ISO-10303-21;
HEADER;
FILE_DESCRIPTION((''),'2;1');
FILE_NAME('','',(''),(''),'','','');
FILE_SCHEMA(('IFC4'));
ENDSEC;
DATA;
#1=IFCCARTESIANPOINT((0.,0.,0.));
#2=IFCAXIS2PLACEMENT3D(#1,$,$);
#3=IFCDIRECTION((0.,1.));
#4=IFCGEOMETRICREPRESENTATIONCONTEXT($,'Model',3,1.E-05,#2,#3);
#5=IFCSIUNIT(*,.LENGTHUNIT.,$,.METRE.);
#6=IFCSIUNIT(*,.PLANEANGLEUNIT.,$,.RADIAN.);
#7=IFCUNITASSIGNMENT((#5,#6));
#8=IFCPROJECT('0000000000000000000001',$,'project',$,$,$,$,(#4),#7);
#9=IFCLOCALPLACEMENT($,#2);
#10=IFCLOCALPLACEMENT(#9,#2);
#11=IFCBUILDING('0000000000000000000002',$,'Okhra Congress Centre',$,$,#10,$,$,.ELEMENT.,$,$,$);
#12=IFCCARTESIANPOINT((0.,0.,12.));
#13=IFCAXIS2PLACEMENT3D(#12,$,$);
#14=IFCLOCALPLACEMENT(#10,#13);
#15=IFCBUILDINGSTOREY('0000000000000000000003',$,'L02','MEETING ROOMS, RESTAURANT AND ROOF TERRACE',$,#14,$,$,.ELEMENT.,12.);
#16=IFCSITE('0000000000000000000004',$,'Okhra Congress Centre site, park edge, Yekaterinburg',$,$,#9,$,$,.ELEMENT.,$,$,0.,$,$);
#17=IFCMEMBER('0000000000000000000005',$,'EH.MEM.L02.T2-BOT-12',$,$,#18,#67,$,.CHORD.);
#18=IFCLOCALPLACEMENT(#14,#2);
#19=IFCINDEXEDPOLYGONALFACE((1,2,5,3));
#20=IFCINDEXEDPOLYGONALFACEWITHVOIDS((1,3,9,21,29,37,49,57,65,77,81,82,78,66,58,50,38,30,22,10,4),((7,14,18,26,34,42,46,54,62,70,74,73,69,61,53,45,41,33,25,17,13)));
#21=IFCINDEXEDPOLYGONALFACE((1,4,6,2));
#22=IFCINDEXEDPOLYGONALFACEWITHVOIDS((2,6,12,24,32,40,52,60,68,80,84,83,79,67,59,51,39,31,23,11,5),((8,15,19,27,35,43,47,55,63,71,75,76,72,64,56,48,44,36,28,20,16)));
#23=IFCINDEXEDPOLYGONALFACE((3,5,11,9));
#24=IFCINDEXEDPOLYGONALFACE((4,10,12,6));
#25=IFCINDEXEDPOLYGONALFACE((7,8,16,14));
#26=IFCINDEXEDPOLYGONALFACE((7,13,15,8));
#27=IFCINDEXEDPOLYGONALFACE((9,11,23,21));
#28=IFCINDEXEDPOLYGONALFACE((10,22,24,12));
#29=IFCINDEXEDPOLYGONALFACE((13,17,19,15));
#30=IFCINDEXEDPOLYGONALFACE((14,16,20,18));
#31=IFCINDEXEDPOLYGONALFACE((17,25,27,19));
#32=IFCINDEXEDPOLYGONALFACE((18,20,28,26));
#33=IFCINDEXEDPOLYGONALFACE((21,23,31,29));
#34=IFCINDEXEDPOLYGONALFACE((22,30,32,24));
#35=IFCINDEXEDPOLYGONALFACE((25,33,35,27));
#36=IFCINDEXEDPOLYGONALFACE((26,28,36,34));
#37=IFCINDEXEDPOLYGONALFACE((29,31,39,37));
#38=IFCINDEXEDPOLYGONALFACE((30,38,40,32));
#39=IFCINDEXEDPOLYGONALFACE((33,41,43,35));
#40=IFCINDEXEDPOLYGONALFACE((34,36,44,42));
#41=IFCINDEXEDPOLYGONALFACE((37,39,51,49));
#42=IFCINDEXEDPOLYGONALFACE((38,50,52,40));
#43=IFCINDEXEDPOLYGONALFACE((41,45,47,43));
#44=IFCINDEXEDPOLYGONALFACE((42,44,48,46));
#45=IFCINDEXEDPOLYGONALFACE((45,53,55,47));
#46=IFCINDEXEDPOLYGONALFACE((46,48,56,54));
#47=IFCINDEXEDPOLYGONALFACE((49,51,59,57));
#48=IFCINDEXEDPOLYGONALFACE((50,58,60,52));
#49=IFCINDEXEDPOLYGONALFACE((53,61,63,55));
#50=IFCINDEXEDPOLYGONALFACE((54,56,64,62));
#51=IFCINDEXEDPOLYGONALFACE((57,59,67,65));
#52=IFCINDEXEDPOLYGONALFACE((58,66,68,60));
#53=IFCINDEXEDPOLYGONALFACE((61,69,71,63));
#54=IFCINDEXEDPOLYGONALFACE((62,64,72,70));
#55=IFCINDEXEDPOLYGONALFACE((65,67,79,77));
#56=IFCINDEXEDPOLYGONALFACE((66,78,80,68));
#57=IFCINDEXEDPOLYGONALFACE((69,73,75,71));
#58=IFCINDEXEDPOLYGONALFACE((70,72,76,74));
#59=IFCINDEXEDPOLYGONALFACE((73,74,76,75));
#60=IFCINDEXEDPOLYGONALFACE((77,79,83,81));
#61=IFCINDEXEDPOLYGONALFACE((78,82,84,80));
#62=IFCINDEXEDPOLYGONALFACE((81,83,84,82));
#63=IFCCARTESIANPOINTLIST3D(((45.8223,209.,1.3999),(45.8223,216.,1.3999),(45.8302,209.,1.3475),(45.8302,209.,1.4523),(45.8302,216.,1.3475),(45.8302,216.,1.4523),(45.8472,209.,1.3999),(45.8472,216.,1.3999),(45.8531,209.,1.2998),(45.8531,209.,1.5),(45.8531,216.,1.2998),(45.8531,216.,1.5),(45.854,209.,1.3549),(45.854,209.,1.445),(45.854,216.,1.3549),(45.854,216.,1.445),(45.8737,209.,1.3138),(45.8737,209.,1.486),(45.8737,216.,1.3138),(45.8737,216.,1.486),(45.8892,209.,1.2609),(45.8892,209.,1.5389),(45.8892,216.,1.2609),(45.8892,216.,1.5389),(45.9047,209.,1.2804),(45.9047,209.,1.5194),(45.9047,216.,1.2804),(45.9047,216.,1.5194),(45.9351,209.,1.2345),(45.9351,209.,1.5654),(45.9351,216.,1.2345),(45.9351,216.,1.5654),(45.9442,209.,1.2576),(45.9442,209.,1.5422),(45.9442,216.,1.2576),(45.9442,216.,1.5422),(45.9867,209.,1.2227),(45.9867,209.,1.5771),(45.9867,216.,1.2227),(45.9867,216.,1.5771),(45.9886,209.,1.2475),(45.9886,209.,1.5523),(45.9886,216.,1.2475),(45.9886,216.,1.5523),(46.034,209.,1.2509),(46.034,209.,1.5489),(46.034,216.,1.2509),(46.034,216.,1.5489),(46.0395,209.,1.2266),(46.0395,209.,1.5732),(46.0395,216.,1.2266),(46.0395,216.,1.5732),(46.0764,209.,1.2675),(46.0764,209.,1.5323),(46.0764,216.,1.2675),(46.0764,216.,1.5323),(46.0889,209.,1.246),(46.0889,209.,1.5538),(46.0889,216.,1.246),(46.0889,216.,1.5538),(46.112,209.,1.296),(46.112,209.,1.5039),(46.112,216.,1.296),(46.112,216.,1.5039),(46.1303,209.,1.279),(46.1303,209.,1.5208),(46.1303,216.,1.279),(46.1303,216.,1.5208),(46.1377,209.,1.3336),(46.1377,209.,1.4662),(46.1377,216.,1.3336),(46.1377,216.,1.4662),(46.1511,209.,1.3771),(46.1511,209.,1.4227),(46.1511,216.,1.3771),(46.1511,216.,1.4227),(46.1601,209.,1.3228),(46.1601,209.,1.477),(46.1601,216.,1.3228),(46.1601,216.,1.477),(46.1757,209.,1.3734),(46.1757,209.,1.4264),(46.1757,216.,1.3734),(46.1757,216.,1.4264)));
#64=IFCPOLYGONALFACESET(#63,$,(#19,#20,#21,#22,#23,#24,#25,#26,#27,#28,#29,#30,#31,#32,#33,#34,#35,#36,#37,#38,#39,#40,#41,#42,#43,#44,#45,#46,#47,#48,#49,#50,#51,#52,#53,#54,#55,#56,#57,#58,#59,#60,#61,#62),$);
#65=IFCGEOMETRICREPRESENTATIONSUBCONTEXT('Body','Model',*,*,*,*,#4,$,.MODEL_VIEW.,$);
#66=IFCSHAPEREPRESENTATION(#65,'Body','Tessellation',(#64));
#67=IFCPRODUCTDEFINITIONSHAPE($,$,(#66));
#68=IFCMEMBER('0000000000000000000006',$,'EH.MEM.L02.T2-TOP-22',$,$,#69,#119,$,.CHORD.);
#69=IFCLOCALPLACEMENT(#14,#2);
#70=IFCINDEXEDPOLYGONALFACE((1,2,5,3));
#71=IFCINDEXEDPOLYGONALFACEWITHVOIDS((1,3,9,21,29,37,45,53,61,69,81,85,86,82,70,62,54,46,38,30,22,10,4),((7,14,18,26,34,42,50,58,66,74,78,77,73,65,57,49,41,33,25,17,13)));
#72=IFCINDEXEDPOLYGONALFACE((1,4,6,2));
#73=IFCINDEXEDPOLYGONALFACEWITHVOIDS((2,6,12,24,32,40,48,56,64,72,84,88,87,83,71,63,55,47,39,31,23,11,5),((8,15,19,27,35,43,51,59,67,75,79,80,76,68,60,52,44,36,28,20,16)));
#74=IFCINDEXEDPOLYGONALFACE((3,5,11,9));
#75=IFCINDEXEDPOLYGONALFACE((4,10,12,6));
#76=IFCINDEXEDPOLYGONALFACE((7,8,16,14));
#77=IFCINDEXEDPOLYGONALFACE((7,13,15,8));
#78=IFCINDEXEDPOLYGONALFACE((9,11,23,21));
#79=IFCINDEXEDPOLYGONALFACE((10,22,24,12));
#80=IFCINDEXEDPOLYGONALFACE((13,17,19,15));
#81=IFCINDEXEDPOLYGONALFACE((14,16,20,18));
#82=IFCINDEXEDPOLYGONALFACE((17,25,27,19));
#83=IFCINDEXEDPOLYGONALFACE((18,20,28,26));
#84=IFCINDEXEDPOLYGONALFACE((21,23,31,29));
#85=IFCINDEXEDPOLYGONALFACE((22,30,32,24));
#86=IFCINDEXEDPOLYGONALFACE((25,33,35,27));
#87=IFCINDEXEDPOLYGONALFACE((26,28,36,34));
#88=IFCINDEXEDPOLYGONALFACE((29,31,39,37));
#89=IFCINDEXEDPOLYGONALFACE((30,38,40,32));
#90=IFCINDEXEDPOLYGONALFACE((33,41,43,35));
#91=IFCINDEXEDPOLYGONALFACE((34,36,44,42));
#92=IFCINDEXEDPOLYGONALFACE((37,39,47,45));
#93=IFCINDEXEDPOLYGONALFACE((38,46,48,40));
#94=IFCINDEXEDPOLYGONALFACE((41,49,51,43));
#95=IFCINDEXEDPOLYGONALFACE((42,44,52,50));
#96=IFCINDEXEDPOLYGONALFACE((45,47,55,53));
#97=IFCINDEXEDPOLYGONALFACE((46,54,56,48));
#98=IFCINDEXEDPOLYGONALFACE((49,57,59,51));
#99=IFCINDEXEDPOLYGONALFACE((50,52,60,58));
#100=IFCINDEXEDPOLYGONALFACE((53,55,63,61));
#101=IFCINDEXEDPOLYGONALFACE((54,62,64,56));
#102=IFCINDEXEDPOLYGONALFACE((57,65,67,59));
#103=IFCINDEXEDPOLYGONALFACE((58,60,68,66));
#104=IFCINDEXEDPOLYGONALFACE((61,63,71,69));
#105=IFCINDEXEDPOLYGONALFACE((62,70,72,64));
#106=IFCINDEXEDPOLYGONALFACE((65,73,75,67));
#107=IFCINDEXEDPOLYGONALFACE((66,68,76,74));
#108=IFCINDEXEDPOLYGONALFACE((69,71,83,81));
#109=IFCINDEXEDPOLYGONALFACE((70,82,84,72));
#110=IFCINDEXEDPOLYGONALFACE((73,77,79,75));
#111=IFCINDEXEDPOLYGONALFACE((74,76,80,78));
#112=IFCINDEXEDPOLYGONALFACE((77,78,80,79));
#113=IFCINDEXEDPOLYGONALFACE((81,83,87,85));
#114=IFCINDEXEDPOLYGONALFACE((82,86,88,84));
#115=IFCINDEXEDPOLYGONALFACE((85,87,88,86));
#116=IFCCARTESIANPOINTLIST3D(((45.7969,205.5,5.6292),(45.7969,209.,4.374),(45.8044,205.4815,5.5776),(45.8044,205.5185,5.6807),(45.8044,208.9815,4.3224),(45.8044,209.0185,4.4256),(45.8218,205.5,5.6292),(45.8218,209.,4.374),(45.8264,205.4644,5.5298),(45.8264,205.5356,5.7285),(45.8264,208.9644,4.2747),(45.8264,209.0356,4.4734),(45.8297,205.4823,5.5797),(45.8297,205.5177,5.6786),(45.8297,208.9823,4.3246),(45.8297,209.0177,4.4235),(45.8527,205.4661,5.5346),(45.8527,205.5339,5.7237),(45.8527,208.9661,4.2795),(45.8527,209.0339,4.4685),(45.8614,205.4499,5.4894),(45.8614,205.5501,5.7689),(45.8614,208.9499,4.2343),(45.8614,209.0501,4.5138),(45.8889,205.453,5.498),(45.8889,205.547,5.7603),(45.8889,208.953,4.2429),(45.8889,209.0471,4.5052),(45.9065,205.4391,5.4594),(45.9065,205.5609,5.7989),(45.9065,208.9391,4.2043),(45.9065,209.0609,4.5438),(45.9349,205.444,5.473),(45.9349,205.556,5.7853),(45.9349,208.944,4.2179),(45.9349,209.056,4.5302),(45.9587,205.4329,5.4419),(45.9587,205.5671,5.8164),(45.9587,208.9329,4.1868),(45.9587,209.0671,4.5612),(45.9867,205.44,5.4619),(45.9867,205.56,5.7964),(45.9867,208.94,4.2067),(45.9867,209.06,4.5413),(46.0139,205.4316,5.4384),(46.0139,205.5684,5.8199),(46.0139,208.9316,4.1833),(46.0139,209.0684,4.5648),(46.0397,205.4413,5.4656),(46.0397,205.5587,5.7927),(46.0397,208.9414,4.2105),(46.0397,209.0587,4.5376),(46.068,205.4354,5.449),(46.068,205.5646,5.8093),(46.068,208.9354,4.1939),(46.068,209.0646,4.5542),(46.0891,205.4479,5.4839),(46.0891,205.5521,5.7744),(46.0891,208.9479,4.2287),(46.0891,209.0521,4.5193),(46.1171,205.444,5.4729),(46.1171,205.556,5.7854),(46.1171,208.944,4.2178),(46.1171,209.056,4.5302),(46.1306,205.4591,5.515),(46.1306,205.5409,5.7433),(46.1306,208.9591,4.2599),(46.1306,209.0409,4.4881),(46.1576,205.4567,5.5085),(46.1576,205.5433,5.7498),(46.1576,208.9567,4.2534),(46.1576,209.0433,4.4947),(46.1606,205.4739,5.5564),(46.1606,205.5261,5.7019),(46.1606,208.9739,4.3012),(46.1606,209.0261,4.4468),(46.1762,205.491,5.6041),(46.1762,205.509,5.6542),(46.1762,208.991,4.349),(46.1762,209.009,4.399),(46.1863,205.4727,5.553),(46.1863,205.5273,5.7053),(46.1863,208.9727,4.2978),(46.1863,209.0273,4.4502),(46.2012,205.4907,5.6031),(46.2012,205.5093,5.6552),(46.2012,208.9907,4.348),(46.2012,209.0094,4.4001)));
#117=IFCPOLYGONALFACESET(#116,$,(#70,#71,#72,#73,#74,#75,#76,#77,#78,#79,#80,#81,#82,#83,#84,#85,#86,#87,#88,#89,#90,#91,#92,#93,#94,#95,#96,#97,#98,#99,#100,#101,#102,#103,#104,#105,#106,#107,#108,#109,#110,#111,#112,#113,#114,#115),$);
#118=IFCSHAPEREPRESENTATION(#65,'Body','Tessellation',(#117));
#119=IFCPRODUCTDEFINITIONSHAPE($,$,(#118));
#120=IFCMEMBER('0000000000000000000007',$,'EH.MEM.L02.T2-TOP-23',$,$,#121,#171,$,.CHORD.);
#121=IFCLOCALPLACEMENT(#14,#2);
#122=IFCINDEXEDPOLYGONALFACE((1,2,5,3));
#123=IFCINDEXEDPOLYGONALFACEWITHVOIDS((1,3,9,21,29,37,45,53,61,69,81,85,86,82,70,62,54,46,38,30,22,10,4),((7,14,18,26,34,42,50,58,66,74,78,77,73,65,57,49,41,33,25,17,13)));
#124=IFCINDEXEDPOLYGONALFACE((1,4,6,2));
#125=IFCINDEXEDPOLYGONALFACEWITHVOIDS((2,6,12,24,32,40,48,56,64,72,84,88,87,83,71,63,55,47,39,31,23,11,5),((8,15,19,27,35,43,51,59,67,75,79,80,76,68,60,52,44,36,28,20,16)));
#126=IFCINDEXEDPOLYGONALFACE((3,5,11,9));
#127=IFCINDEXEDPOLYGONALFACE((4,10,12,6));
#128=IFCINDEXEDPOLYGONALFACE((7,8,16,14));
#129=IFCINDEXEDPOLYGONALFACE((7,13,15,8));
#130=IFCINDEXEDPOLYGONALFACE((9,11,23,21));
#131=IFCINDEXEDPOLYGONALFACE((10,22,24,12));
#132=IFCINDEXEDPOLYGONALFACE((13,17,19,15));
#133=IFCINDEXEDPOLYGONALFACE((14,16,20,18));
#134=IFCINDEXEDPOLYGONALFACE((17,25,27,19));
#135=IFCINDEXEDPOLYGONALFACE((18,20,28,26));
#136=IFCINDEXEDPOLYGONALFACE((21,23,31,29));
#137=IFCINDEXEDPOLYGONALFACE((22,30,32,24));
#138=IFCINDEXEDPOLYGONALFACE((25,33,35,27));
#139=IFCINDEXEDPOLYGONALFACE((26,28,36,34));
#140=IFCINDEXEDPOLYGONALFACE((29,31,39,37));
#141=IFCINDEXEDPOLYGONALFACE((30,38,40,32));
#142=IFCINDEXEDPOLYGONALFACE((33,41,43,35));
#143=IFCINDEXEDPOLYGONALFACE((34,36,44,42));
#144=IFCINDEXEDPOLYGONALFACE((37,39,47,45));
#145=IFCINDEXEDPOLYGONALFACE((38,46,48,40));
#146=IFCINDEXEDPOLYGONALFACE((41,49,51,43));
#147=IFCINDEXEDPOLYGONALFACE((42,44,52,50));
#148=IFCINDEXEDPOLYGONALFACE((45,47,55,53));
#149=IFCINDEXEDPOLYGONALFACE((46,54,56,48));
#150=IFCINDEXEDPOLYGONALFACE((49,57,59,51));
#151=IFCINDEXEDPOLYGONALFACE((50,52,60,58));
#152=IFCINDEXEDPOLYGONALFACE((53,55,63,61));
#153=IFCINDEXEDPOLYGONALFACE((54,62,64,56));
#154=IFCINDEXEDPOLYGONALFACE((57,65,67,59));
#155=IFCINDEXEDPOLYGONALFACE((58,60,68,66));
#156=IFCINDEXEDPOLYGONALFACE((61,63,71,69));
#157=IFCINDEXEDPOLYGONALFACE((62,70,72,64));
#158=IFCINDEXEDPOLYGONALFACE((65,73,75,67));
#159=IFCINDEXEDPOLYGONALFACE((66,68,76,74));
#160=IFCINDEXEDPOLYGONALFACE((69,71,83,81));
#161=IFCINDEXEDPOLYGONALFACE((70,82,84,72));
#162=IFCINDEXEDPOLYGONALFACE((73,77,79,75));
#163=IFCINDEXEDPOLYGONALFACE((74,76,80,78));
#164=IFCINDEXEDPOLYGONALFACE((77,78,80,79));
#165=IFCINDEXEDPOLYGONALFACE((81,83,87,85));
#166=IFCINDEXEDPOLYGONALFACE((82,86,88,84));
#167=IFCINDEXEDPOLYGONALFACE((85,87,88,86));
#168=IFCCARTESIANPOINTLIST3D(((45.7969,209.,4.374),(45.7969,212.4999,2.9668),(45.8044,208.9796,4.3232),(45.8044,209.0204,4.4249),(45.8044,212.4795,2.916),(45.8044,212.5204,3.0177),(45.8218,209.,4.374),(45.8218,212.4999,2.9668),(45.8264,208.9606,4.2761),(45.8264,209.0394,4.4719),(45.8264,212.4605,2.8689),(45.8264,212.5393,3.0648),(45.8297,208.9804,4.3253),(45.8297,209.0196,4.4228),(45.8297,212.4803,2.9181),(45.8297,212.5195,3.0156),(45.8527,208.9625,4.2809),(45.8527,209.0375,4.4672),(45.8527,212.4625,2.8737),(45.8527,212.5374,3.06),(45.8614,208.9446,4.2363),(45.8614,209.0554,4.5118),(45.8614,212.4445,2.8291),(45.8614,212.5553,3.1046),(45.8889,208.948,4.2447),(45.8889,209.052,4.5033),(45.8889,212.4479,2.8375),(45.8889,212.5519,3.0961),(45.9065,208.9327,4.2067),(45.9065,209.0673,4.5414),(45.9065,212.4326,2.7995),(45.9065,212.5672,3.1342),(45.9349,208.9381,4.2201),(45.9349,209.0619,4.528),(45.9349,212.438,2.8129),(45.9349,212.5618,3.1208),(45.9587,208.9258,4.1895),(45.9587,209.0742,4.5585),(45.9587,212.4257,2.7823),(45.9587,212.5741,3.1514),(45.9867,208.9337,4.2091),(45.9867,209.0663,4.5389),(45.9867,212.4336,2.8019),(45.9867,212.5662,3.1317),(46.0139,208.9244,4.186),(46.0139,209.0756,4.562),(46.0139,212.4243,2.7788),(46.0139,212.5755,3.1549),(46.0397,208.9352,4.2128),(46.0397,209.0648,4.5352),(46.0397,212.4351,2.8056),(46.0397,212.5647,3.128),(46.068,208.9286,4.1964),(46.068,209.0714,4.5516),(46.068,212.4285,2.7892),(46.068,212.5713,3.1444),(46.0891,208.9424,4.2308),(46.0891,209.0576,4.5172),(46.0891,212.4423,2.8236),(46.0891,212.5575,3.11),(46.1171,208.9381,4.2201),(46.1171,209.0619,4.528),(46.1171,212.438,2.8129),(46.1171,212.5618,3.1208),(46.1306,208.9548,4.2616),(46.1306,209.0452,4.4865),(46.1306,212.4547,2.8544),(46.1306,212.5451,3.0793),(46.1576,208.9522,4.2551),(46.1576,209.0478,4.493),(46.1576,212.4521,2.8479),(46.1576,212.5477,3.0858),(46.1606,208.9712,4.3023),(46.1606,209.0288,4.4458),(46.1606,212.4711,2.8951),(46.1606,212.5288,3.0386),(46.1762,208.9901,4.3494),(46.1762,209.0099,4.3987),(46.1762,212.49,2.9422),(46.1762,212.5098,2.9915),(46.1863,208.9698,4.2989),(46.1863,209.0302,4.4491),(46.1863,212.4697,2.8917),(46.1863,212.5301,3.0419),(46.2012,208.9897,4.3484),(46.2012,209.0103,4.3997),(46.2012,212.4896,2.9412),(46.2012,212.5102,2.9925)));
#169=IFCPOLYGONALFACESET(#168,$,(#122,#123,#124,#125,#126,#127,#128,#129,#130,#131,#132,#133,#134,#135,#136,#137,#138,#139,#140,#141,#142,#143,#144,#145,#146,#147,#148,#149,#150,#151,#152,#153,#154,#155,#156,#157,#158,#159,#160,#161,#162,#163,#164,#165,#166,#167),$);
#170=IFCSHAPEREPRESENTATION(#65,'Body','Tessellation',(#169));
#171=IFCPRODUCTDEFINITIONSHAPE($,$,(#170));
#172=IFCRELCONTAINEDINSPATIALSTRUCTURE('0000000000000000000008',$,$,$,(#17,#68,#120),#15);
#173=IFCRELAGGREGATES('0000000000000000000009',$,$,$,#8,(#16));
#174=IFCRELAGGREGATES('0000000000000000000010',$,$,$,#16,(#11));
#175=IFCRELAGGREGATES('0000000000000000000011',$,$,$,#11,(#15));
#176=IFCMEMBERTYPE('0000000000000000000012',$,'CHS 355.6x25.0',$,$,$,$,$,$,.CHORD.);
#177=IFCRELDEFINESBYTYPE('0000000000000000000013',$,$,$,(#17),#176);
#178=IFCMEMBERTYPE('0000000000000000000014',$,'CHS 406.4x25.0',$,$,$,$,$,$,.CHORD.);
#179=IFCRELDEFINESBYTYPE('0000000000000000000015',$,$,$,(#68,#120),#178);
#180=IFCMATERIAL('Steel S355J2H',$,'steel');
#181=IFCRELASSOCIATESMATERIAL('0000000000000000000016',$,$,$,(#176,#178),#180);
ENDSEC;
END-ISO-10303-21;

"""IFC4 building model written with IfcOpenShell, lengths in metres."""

from ifc_helpers import new_model, si_unit, direction, frame, origin, origin_2d, place, context, subcontext, project, spatial, hollow_circle, extrude, material, material_profile, profile_set, type_object, element, save


model = new_model("IFC4")

# Units and contexts
model_context = context("Model", 3, precision=1e-05, world=origin(), true_north=direction((0.0, 1.0)))
body_context = subcontext(model_context, "Body", "Model", "MODEL_VIEW")
ifc_project = project(units=[si_unit("LENGTHUNIT", "METRE"), si_unit("PLANEANGLEUNIT", "RADIAN")], contexts=[model_context])

# Site, building, storey
site_placement = place(None, origin())
site = spatial("IfcSite", under=ifc_project, at=site_placement, Name="Okhra Congress Centre site, park edge, Yekaterinburg", CompositionType="ELEMENT", RefElevation=0.0)
building_placement = place(site_placement, origin())
building = spatial("IfcBuilding", under=site, at=building_placement, Name="Okhra Congress Centre", CompositionType="ELEMENT")
storey_placement = place(building_placement, frame((0.0, 0.0, 12.0)))
storey = spatial("IfcBuildingStorey", under=building, at=storey_placement, Name="L02", Description="MEETING ROOMS, RESTAURANT AND ROOF TERRACE", CompositionType="ELEMENT", Elevation=12.0)

# Members
ifc_material_1 = material(Name="Steel S355J2H", Category="steel")
ifc_material_profile_1 = material_profile(ifc_material_1, hollow_circle(Radius=0.1777, WallThickness=0.0249, at=origin_2d()), Name="CHS 355.6x25.0")
ifc_profile_set_1 = profile_set([ifc_material_profile_1], Name="Steel S355J2H")
member_type_1 = type_object("IfcMemberType", Name="CHS 355.6x25.0", PredefinedType="CHORD", material=ifc_profile_set_1)
member_1_placement = place(storey_placement, frame((46.0, 209.0, 1.3999), z_axis=(0.0, 1.0, 0.0), x_axis=(-1.0, 0.0, 0.0)))
element("IfcMember", 1, at=member_1_placement, inside=storey, type_object=member_type_1, Name="EH.MEM.L02.T2-BOT-12", PredefinedType="CHORD", context=body_context, shape_type="SweptSolid", body=[
    extrude(hollow_circle(Radius=0.1777, WallThickness=0.0249, at=origin_2d()), origin(), (0.0, 0.0, 1.0), 7.0),
])
ifc_material_profile_2 = material_profile(ifc_material_1, hollow_circle(Radius=0.2031, WallThickness=0.0249, at=origin_2d()), Name="CHS 406.4x25.0")
ifc_profile_set_2 = profile_set([ifc_material_profile_2], Name="Steel S355J2H")
member_type_2 = type_object("IfcMemberType", Name="CHS 406.4x25.0", PredefinedType="CHORD", material=ifc_profile_set_2)
member_2_placement = place(storey_placement, frame((46.0, 205.5, 5.6292), z_axis=(0.0, 0.941304, -0.337559), x_axis=(-1.0, 0.0, 0.0)))
element("IfcMember", 2, at=member_2_placement, inside=storey, type_object=member_type_2, Name="EH.MEM.L02.T2-TOP-22", PredefinedType="CHORD", context=body_context, shape_type="SweptSolid", body=[
    extrude(hollow_circle(Radius=0.2031, WallThickness=0.0249, at=origin_2d()), origin(), (0.0, 0.0, 1.0), 3.7183),
])
member_3_placement = place(storey_placement, frame((46.0, 209.0, 4.374), z_axis=(0.0, 0.927815, -0.373042), x_axis=(-1.0, 0.0, 0.0)))
element("IfcMember", 3, at=member_3_placement, inside=storey, type_object=member_type_2, Name="EH.MEM.L02.T2-TOP-23", PredefinedType="CHORD", context=body_context, shape_type="SweptSolid", body=[
    extrude(hollow_circle(Radius=0.2031, WallThickness=0.0249, at=origin_2d()), origin(), (0.0, 0.0, 1.0), 3.7722),
])

save(model, "model.ifc")
